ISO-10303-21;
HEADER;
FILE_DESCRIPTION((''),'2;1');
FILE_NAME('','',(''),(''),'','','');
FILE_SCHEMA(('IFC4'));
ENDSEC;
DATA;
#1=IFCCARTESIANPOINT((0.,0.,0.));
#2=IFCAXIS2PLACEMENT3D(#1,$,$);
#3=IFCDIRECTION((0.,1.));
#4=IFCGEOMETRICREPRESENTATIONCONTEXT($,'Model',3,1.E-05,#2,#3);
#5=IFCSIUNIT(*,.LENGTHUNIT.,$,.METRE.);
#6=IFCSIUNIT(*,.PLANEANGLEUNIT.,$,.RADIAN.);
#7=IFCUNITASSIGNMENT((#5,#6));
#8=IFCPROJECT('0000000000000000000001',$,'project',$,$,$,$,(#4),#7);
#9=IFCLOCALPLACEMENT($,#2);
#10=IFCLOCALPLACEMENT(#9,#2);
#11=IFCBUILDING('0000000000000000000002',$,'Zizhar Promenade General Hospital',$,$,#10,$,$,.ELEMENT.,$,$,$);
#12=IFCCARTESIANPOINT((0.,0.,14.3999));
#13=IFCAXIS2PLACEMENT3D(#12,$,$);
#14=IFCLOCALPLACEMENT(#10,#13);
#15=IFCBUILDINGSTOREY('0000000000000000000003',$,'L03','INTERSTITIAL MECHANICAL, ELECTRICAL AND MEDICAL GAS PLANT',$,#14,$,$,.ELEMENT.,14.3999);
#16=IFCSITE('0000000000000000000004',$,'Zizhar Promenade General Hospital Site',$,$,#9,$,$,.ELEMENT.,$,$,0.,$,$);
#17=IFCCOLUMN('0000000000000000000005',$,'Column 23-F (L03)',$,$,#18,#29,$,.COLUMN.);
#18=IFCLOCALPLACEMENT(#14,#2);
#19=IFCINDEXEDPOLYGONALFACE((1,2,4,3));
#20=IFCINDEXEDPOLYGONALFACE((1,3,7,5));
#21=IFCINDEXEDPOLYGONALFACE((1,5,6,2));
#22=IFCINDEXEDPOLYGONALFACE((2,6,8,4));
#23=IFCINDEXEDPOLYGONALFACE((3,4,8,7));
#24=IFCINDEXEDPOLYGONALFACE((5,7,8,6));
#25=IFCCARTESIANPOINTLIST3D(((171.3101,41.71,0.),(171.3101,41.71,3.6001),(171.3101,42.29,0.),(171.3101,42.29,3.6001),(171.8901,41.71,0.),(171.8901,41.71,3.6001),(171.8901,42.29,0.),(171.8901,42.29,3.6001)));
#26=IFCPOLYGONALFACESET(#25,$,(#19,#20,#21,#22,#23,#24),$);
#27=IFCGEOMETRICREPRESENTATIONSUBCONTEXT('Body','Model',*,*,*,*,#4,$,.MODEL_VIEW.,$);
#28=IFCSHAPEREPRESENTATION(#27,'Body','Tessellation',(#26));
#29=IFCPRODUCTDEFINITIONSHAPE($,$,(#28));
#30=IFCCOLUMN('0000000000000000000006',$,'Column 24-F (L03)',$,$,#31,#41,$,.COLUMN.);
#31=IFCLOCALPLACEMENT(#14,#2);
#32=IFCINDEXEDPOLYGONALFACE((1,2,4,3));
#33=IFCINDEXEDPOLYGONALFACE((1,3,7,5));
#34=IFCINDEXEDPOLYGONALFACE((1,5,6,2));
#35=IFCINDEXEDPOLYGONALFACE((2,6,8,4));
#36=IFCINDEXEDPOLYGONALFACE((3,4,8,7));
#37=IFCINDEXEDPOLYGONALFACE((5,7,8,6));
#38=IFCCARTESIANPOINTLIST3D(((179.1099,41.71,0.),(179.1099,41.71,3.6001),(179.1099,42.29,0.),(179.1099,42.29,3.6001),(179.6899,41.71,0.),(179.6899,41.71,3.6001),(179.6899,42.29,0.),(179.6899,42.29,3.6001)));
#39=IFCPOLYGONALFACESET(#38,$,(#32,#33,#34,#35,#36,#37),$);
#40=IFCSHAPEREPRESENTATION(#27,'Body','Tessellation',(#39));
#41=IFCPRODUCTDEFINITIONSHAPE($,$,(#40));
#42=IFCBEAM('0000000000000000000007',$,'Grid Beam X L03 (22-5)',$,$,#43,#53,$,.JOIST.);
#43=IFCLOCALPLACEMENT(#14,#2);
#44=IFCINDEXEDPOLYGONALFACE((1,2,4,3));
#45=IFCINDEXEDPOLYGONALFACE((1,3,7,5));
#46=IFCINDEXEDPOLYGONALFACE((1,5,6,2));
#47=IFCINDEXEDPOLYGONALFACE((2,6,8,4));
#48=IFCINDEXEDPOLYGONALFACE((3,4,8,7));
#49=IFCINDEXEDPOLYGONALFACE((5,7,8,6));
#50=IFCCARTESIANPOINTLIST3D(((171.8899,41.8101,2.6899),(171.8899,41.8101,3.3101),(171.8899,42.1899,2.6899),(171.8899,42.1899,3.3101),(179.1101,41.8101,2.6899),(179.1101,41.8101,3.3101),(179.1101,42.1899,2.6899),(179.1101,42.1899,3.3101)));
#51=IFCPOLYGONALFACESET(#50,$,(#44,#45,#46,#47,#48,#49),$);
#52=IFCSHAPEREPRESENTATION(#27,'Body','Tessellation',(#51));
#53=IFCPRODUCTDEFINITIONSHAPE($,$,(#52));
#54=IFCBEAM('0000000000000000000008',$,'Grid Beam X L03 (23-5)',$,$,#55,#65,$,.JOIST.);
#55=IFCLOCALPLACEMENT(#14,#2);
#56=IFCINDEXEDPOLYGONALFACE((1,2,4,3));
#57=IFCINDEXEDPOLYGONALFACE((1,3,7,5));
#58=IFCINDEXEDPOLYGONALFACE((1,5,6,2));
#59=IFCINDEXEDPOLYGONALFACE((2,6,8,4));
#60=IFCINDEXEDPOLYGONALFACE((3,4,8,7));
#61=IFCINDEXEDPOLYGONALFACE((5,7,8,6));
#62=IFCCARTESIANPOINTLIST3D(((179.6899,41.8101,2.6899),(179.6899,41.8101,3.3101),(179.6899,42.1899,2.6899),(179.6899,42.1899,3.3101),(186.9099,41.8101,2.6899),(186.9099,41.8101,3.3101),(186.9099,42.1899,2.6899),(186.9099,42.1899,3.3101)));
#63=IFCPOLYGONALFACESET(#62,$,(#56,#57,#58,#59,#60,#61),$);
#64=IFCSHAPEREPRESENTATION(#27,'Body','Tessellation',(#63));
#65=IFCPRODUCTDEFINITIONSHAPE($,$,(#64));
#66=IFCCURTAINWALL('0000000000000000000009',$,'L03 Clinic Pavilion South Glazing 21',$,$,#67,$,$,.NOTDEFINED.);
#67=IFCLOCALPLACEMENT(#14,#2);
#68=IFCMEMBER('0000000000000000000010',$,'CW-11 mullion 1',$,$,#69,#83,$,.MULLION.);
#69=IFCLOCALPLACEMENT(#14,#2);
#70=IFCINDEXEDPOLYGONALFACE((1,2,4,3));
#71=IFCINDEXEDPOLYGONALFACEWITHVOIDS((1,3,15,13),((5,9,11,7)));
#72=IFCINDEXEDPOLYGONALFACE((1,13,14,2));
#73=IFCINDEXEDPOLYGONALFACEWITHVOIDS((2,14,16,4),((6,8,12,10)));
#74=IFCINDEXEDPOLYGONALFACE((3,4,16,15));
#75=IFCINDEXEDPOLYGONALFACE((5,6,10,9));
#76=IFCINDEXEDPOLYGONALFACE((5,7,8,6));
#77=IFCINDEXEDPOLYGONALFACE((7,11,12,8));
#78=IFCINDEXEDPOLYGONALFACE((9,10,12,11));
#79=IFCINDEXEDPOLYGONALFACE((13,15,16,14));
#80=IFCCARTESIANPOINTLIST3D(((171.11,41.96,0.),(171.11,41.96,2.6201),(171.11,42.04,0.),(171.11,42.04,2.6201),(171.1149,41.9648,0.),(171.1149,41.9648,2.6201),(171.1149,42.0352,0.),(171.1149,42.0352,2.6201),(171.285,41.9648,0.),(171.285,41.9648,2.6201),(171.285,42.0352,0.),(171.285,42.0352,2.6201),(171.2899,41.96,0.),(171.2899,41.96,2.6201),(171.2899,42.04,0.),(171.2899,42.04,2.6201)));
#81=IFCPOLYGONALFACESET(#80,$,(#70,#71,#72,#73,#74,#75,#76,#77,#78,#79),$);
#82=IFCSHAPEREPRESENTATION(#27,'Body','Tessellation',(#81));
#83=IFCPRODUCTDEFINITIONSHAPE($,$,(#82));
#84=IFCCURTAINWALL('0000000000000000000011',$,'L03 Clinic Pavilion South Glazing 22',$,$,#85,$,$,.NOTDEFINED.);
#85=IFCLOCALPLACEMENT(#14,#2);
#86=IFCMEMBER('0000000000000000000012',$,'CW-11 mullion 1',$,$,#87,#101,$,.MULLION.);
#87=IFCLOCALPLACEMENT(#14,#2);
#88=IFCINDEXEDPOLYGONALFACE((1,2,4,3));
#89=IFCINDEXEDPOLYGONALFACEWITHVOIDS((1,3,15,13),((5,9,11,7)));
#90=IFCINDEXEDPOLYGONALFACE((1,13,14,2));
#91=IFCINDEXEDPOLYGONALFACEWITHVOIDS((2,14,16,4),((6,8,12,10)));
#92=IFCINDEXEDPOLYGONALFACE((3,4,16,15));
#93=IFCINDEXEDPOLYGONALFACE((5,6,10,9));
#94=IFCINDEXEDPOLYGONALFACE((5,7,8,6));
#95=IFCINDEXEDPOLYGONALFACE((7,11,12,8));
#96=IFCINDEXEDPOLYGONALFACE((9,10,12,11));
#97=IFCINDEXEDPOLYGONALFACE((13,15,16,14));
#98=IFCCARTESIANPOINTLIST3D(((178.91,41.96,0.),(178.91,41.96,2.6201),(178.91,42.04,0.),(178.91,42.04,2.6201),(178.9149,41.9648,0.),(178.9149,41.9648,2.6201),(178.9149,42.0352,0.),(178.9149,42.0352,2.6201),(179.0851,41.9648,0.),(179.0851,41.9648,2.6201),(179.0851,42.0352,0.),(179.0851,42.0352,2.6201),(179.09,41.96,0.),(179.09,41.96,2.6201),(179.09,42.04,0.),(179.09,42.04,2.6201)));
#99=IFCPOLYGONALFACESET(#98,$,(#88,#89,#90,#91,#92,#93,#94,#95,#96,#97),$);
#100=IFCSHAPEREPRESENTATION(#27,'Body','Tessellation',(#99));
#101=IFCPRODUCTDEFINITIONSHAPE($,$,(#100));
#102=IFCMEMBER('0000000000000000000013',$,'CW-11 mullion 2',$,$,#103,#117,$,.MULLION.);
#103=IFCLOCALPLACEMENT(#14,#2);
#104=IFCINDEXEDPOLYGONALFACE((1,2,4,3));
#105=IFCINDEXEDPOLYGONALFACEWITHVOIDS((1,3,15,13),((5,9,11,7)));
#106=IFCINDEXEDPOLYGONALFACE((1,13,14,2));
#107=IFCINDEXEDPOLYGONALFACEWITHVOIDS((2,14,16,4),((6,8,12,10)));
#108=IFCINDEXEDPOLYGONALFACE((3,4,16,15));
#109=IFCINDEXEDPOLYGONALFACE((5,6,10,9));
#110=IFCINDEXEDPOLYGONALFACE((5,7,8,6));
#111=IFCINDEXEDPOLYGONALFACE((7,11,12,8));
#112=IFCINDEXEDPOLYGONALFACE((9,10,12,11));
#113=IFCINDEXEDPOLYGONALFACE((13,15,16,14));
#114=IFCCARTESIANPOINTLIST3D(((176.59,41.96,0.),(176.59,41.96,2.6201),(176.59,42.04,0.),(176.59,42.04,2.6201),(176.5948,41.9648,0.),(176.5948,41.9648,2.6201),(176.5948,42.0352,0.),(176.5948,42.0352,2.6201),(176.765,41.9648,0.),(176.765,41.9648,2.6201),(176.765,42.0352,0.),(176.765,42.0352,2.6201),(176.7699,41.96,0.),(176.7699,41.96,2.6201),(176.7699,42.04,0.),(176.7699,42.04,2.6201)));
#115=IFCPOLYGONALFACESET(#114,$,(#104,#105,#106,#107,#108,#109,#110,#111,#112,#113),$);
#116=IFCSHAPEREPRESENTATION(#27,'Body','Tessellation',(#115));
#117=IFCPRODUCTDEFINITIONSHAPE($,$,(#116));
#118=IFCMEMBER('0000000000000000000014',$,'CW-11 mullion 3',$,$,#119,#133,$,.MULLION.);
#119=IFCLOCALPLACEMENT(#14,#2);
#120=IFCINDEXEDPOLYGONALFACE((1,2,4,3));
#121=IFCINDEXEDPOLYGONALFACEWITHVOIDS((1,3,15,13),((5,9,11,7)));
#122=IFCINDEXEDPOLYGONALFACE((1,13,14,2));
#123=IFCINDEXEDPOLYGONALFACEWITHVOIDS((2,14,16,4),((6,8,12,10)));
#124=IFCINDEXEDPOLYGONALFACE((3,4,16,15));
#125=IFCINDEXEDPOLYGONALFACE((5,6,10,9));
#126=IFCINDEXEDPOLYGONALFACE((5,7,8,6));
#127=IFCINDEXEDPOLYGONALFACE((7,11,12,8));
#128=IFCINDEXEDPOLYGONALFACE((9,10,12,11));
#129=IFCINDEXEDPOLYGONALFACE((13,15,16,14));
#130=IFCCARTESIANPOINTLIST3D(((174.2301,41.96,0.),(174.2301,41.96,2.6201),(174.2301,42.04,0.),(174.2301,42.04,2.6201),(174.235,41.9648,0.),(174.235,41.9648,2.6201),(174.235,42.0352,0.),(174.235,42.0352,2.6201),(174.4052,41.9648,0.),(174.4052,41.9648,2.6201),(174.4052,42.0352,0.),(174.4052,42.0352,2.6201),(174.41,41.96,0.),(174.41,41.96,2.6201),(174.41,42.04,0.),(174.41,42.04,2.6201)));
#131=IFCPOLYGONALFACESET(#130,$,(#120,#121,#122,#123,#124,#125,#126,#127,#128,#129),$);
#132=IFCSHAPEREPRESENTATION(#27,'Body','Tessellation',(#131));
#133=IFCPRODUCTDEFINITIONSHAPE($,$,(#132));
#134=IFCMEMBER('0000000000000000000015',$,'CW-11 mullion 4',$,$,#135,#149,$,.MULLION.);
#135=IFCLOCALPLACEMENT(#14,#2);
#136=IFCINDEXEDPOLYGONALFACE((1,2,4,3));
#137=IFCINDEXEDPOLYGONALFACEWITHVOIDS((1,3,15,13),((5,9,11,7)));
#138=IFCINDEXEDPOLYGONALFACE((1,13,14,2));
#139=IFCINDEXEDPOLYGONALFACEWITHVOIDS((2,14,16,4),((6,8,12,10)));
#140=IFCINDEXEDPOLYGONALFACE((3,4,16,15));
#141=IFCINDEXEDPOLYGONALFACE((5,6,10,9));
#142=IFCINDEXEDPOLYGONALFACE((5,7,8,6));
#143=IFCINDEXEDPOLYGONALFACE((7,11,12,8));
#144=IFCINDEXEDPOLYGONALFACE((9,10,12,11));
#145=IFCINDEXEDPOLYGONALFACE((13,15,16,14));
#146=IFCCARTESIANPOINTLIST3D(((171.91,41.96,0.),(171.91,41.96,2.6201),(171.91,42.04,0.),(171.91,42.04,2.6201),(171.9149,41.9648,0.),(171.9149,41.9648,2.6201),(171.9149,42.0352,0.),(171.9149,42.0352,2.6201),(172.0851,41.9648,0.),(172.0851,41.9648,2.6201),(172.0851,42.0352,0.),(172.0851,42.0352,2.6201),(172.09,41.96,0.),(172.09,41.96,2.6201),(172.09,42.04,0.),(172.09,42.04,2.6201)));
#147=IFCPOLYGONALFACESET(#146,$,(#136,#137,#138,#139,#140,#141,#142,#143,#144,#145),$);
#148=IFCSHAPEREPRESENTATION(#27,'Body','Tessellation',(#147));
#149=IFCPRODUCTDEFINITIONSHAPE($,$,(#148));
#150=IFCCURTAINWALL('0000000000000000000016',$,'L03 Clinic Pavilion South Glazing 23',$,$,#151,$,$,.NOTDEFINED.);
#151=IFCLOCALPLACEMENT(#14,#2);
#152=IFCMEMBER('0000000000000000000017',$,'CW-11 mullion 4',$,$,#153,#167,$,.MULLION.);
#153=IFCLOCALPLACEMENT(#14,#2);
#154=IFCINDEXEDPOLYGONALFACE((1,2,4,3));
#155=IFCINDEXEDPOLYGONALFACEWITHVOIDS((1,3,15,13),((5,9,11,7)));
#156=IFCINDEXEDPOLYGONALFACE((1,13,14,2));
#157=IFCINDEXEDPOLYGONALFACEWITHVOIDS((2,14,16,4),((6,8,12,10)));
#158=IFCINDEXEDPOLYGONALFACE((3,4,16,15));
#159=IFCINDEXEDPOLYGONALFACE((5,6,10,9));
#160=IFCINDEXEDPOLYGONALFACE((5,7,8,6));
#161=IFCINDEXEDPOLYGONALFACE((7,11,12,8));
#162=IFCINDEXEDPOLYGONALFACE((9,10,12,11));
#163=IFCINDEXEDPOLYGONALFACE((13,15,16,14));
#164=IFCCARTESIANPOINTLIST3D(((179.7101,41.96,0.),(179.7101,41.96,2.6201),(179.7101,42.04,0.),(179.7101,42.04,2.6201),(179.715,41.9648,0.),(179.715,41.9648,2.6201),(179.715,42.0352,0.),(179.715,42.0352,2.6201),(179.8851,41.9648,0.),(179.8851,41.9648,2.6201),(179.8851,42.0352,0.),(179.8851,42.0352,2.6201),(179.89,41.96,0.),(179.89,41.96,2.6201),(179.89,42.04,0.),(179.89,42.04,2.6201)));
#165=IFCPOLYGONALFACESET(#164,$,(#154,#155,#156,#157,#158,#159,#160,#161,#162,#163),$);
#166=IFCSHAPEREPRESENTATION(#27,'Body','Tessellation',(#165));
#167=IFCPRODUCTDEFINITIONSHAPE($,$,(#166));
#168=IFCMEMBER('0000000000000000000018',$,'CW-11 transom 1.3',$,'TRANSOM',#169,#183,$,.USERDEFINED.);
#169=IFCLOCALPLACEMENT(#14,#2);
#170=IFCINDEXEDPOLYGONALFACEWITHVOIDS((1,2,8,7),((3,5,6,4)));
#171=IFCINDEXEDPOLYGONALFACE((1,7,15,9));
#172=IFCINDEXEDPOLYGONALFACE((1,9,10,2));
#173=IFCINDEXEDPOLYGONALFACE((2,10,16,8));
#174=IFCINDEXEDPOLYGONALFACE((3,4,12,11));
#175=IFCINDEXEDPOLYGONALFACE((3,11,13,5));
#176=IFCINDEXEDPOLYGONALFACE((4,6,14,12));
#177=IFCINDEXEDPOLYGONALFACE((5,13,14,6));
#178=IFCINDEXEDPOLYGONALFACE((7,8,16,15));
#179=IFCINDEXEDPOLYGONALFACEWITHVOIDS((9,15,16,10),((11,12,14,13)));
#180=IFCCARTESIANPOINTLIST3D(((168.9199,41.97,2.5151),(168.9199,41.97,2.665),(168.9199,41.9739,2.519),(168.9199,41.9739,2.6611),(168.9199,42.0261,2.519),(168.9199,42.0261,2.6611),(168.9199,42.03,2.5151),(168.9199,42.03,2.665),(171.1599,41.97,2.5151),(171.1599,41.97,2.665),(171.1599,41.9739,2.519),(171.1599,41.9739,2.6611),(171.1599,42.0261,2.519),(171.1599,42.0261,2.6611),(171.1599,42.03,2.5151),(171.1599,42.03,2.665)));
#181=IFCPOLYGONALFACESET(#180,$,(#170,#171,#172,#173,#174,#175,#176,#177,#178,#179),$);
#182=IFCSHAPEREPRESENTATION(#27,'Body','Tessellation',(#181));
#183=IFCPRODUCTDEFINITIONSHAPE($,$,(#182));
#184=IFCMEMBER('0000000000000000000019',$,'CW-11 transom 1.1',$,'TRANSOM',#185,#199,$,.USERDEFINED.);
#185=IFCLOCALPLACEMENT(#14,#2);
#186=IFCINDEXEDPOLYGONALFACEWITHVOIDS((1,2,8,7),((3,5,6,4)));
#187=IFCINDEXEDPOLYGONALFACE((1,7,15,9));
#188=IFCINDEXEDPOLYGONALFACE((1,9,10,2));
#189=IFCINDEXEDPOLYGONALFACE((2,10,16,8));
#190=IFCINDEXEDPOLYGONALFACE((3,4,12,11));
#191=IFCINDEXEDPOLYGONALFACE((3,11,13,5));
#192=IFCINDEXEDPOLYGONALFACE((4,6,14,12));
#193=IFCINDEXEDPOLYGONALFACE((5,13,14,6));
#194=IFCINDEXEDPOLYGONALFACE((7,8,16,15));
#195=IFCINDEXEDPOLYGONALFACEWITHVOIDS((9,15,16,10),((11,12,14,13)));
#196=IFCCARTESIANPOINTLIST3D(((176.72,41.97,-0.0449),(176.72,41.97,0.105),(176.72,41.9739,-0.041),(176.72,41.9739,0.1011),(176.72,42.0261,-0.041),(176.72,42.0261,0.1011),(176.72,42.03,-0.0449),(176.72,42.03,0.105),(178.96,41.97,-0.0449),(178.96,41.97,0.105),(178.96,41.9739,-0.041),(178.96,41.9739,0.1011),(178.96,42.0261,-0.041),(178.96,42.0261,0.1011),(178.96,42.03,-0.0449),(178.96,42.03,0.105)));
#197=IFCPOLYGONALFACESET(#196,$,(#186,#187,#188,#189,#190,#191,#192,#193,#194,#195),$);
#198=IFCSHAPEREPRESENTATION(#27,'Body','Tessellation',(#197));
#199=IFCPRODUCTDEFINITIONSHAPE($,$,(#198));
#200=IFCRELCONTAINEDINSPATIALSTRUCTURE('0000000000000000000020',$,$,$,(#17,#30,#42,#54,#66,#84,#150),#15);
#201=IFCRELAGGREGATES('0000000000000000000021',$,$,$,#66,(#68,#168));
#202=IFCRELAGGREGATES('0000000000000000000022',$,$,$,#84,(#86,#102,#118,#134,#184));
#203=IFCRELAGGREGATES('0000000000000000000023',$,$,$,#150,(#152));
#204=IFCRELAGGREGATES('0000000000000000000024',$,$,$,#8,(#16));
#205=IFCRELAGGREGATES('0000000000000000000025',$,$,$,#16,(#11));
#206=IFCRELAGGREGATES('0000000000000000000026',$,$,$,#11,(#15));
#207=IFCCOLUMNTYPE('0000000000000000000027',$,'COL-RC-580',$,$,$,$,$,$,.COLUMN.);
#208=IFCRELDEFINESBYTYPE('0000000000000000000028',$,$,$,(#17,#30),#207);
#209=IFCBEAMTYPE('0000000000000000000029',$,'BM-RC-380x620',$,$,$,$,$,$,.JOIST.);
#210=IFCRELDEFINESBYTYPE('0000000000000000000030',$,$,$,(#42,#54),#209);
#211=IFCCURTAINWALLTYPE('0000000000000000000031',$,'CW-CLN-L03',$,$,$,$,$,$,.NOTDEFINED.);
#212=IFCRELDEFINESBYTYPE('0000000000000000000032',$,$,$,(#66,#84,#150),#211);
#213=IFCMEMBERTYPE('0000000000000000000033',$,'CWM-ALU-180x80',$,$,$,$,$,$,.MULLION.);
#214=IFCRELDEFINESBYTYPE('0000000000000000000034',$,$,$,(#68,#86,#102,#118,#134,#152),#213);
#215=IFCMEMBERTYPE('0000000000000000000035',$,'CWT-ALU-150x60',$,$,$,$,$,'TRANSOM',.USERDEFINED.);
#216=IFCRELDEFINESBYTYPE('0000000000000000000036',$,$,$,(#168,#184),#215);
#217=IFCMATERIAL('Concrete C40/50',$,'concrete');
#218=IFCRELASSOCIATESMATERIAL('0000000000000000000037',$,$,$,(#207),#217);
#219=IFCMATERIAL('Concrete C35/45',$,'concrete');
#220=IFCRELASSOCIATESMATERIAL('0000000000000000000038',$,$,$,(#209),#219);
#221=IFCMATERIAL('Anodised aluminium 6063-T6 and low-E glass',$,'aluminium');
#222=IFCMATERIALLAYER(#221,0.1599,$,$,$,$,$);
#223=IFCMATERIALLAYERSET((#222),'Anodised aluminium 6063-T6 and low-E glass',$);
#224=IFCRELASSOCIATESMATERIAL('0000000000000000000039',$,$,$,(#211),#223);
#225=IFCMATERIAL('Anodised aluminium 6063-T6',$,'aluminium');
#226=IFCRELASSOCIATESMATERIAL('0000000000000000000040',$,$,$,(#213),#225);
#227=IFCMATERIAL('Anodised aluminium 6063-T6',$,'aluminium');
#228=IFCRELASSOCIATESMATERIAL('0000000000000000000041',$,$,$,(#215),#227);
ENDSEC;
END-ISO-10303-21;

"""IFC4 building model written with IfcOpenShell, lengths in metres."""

from ifc_helpers import new_model, si_unit, direction, frame, origin, origin_2d, place, context, subcontext, project, spatial, rectangle, hollow_rectangle, extrude, material, layer, layer_set, material_profile, profile_set, type_object, element, aggregate, save


model = new_model("IFC4")

# Units and contexts
model_context = context("Model", 3, precision=1e-05, world=origin(), true_north=direction((0.0, 1.0)))
body_context = subcontext(model_context, "Body", "Model", "MODEL_VIEW")
ifc_project = project(units=[si_unit("LENGTHUNIT", "METRE"), si_unit("PLANEANGLEUNIT", "RADIAN")], contexts=[model_context])

# Site, building, storey
site_placement = place(None, origin())
site = spatial("IfcSite", under=ifc_project, at=site_placement, Name="Zizhar Promenade General Hospital Site", CompositionType="ELEMENT", RefElevation=0.0)
building_placement = place(site_placement, origin())
building = spatial("IfcBuilding", under=site, at=building_placement, Name="Zizhar Promenade General Hospital", CompositionType="ELEMENT")
storey_placement = place(building_placement, frame((0.0, 0.0, 14.3999)))
storey = spatial("IfcBuildingStorey", under=building, at=storey_placement, Name="L03", Description="INTERSTITIAL MECHANICAL, ELECTRICAL AND MEDICAL GAS PLANT", CompositionType="ELEMENT", Elevation=14.3999)

# Columns
ifc_material_1 = material(Name="Concrete C40/50", Category="concrete")
ifc_material_profile_1 = material_profile(ifc_material_1, rectangle(XDim=0.5801, YDim=0.5801, at=origin_2d()))
ifc_profile_set_1 = profile_set([ifc_material_profile_1], Name="Concrete C40/50")
column_type = type_object("IfcColumnType", Name="COL-RC-580", PredefinedType="COLUMN", material=ifc_profile_set_1)
for number, where, z_axis, x_axis, name in (
    (1, (171.6001, 42.0, 0.0), (0.0, 0.0, 1.0), (1.0, 0.0, 0.0), "Column 23-F (L03)"),
    (2, (179.3999, 42.0, 0.0), (0.0, 0.0, 1.0), (1.0, 0.0, 0.0), "Column 24-F (L03)"),
):
    element("IfcColumn", number, at=place(storey_placement, frame(where, z_axis=z_axis, x_axis=x_axis)), inside=storey, type_object=column_type, Name=name, PredefinedType="COLUMN", context=body_context, shape_type="SweptSolid", body=[
        extrude(rectangle(XDim=0.5801, YDim=0.5801, at=origin_2d()), origin(), (0.0, 0.0, 1.0), 3.6001),
    ])

# Beams
ifc_material_2 = material(Name="Concrete C35/45", Category="concrete")
ifc_material_profile_2 = material_profile(ifc_material_2, rectangle(XDim=0.3799, YDim=0.6201, at=origin_2d()))
ifc_profile_set_2 = profile_set([ifc_material_profile_2], Name="Concrete C35/45")
beam_type = type_object("IfcBeamType", Name="BM-RC-380x620", PredefinedType="JOIST", material=ifc_profile_set_2)
beam_1_placement = place(storey_placement, frame((171.8899, 42.0, 3.0), z_axis=(1.0, 0.0, 0.0), x_axis=(0.0, 1.0, 0.0)))
element("IfcBeam", 3, at=beam_1_placement, inside=storey, type_object=beam_type, Name="Grid Beam X L03 (22-5)", PredefinedType="JOIST", context=body_context, shape_type="SweptSolid", body=[
    extrude(rectangle(XDim=0.3799, YDim=0.6201, at=origin_2d()), origin(), (0.0, 0.0, 1.0), 7.2202),
])
beam_2_placement = place(storey_placement, frame((179.6899, 42.0, 3.0), z_axis=(1.0, 0.0, 0.0), x_axis=(0.0, 1.0, 0.0)))
element("IfcBeam", 4, at=beam_2_placement, inside=storey, type_object=beam_type, Name="Grid Beam X L03 (23-5)", PredefinedType="JOIST", context=body_context, shape_type="SweptSolid", body=[
    extrude(rectangle(XDim=0.3799, YDim=0.6201, at=origin_2d()), origin(), (0.0, 0.0, 1.0), 7.22),
])

# Curtain wall, member
ifc_material_3 = material(Name="Anodised aluminium 6063-T6 and low-E glass", Category="aluminium")
ifc_layer_1 = layer(ifc_material_3, 0.1599)
ifc_layer_set_1 = layer_set([ifc_layer_1], Name="Anodised aluminium 6063-T6 and low-E glass")
curtain_wall_type = type_object("IfcCurtainWallType", Name="CW-CLN-L03", PredefinedType="NOTDEFINED", material=ifc_layer_set_1)
curtain_wall_1_placement = place(storey_placement, origin())
curtain_wall_1 = element("IfcCurtainWall", 5, at=curtain_wall_1_placement, inside=storey, type_object=curtain_wall_type, Name="L03 Clinic Pavilion South Glazing 21", PredefinedType="NOTDEFINED")
ifc_material_4 = material(Name="Anodised aluminium 6063-T6", Category="aluminium")
ifc_material_profile_3 = material_profile(ifc_material_4, hollow_rectangle(XDim=0.0801, YDim=0.1799, WallThickness=0.0049, at=origin_2d()))
ifc_profile_set_3 = profile_set([ifc_material_profile_3], Name="Anodised aluminium 6063-T6")
member_type_1 = type_object("IfcMemberType", Name="CWM-ALU-180x80", PredefinedType="MULLION", material=ifc_profile_set_3)
member_1_placement = place(storey_placement, frame((171.2, 42.0, 0.0), z_axis=(0.0, 0.0, 1.0), x_axis=(0.0, -1.0, 0.0)))
member_1 = element("IfcMember", 6, at=member_1_placement, type_object=member_type_1, Name="CW-11 mullion 1", PredefinedType="MULLION", context=body_context, shape_type="SweptSolid", body=[
    extrude(hollow_rectangle(XDim=0.0801, YDim=0.1799, WallThickness=0.0049, at=origin_2d()), origin(), (0.0, 0.0, 1.0), 2.6201),
])

# Curtain wall, members
curtain_wall_2_placement = place(storey_placement, origin())
curtain_wall_2 = element("IfcCurtainWall", 7, at=curtain_wall_2_placement, inside=storey, type_object=curtain_wall_type, Name="L03 Clinic Pavilion South Glazing 22", PredefinedType="NOTDEFINED")
member_2_placement = place(storey_placement, frame((179.0, 42.0, 0.0), z_axis=(0.0, 0.0, 1.0), x_axis=(0.0, -1.0, 0.0)))
member_2 = element("IfcMember", 8, at=member_2_placement, type_object=member_type_1, Name="CW-11 mullion 1", PredefinedType="MULLION", context=body_context, shape_type="SweptSolid", body=[
    extrude(hollow_rectangle(XDim=0.0801, YDim=0.1799, WallThickness=0.0049, at=origin_2d()), origin(), (0.0, 0.0, 1.0), 2.6201),
])
member_3_placement = place(storey_placement, frame((176.6799, 42.0, 0.0), z_axis=(0.0, 0.0, 1.0), x_axis=(0.0, -1.0, 0.0)))
member_3 = element("IfcMember", 9, at=member_3_placement, type_object=member_type_1, Name="CW-11 mullion 2", PredefinedType="MULLION", context=body_context, shape_type="SweptSolid", body=[
    extrude(hollow_rectangle(XDim=0.0801, YDim=0.1799, WallThickness=0.0049, at=origin_2d()), origin(), (0.0, 0.0, 1.0), 2.6201),
])
member_4_placement = place(storey_placement, frame((174.3201, 42.0, 0.0), z_axis=(0.0, 0.0, 1.0), x_axis=(0.0, -1.0, 0.0)))
member_4 = element("IfcMember", 10, at=member_4_placement, type_object=member_type_1, Name="CW-11 mullion 3", PredefinedType="MULLION", context=body_context, shape_type="SweptSolid", body=[
    extrude(hollow_rectangle(XDim=0.0801, YDim=0.1799, WallThickness=0.0049, at=origin_2d()), origin(), (0.0, 0.0, 1.0), 2.6201),
])
member_5_placement = place(storey_placement, frame((172.0, 42.0, 0.0), z_axis=(0.0, 0.0, 1.0), x_axis=(0.0, -1.0, 0.0)))
member_5 = element("IfcMember", 11, at=member_5_placement, type_object=member_type_1, Name="CW-11 mullion 4", PredefinedType="MULLION", context=body_context, shape_type="SweptSolid", body=[
    extrude(hollow_rectangle(XDim=0.0801, YDim=0.1799, WallThickness=0.0049, at=origin_2d()), origin(), (0.0, 0.0, 1.0), 2.6201),
])

# Curtain wall, member
curtain_wall_3_placement = place(storey_placement, origin())
curtain_wall_3 = element("IfcCurtainWall", 12, at=curtain_wall_3_placement, inside=storey, type_object=curtain_wall_type, Name="L03 Clinic Pavilion South Glazing 23", PredefinedType="NOTDEFINED")
member_6_placement = place(storey_placement, frame((179.8, 42.0, 0.0), z_axis=(0.0, 0.0, 1.0), x_axis=(0.0, -1.0, 0.0)))
member_6 = element("IfcMember", 13, at=member_6_placement, type_object=member_type_1, Name="CW-11 mullion 4", PredefinedType="MULLION", context=body_context, shape_type="SweptSolid", body=[
    extrude(hollow_rectangle(XDim=0.0801, YDim=0.1799, WallThickness=0.0049, at=origin_2d()), origin(), (0.0, 0.0, 1.0), 2.6201),
])

# Members
ifc_material_5 = material(Name="Anodised aluminium 6063-T6", Category="aluminium")
ifc_material_profile_4 = material_profile(ifc_material_5, hollow_rectangle(XDim=0.0601, YDim=0.1499, WallThickness=0.0039, at=origin_2d()))
ifc_profile_set_4 = profile_set([ifc_material_profile_4], Name="Anodised aluminium 6063-T6")
member_type_2 = type_object("IfcMemberType", Name="CWT-ALU-150x60", ElementType="TRANSOM", PredefinedType="USERDEFINED", material=ifc_profile_set_4)
member_7_placement = place(storey_placement, frame((171.1599, 42.0, 2.5901), z_axis=(-1.0, 0.0, 0.0), x_axis=(0.0, -1.0, 0.0)))
member_7 = element("IfcMember", 14, at=member_7_placement, type_object=member_type_2, Name="CW-11 transom 1.3", ObjectType="TRANSOM", PredefinedType="USERDEFINED", context=body_context, shape_type="SweptSolid", body=[
    extrude(hollow_rectangle(XDim=0.0601, YDim=0.1499, WallThickness=0.0039, at=origin_2d()), origin(), (0.0, 0.0, 1.0), 2.24),
])
aggregate(curtain_wall_1, [member_1, member_7])
member_8_placement = place(storey_placement, frame((178.96, 42.0, 0.03), z_axis=(-1.0, 0.0, 0.0), x_axis=(0.0, -1.0, 0.0)))
member_8 = element("IfcMember", 15, at=member_8_placement, type_object=member_type_2, Name="CW-11 transom 1.1", ObjectType="TRANSOM", PredefinedType="USERDEFINED", context=body_context, shape_type="SweptSolid", body=[
    extrude(hollow_rectangle(XDim=0.0601, YDim=0.1499, WallThickness=0.0039, at=origin_2d()), origin(), (0.0, 0.0, 1.0), 2.24),
])

aggregate(curtain_wall_2, [member_2, member_3, member_4, member_5, member_8])
aggregate(curtain_wall_3, [member_6])

save(model, "model.ifc")
